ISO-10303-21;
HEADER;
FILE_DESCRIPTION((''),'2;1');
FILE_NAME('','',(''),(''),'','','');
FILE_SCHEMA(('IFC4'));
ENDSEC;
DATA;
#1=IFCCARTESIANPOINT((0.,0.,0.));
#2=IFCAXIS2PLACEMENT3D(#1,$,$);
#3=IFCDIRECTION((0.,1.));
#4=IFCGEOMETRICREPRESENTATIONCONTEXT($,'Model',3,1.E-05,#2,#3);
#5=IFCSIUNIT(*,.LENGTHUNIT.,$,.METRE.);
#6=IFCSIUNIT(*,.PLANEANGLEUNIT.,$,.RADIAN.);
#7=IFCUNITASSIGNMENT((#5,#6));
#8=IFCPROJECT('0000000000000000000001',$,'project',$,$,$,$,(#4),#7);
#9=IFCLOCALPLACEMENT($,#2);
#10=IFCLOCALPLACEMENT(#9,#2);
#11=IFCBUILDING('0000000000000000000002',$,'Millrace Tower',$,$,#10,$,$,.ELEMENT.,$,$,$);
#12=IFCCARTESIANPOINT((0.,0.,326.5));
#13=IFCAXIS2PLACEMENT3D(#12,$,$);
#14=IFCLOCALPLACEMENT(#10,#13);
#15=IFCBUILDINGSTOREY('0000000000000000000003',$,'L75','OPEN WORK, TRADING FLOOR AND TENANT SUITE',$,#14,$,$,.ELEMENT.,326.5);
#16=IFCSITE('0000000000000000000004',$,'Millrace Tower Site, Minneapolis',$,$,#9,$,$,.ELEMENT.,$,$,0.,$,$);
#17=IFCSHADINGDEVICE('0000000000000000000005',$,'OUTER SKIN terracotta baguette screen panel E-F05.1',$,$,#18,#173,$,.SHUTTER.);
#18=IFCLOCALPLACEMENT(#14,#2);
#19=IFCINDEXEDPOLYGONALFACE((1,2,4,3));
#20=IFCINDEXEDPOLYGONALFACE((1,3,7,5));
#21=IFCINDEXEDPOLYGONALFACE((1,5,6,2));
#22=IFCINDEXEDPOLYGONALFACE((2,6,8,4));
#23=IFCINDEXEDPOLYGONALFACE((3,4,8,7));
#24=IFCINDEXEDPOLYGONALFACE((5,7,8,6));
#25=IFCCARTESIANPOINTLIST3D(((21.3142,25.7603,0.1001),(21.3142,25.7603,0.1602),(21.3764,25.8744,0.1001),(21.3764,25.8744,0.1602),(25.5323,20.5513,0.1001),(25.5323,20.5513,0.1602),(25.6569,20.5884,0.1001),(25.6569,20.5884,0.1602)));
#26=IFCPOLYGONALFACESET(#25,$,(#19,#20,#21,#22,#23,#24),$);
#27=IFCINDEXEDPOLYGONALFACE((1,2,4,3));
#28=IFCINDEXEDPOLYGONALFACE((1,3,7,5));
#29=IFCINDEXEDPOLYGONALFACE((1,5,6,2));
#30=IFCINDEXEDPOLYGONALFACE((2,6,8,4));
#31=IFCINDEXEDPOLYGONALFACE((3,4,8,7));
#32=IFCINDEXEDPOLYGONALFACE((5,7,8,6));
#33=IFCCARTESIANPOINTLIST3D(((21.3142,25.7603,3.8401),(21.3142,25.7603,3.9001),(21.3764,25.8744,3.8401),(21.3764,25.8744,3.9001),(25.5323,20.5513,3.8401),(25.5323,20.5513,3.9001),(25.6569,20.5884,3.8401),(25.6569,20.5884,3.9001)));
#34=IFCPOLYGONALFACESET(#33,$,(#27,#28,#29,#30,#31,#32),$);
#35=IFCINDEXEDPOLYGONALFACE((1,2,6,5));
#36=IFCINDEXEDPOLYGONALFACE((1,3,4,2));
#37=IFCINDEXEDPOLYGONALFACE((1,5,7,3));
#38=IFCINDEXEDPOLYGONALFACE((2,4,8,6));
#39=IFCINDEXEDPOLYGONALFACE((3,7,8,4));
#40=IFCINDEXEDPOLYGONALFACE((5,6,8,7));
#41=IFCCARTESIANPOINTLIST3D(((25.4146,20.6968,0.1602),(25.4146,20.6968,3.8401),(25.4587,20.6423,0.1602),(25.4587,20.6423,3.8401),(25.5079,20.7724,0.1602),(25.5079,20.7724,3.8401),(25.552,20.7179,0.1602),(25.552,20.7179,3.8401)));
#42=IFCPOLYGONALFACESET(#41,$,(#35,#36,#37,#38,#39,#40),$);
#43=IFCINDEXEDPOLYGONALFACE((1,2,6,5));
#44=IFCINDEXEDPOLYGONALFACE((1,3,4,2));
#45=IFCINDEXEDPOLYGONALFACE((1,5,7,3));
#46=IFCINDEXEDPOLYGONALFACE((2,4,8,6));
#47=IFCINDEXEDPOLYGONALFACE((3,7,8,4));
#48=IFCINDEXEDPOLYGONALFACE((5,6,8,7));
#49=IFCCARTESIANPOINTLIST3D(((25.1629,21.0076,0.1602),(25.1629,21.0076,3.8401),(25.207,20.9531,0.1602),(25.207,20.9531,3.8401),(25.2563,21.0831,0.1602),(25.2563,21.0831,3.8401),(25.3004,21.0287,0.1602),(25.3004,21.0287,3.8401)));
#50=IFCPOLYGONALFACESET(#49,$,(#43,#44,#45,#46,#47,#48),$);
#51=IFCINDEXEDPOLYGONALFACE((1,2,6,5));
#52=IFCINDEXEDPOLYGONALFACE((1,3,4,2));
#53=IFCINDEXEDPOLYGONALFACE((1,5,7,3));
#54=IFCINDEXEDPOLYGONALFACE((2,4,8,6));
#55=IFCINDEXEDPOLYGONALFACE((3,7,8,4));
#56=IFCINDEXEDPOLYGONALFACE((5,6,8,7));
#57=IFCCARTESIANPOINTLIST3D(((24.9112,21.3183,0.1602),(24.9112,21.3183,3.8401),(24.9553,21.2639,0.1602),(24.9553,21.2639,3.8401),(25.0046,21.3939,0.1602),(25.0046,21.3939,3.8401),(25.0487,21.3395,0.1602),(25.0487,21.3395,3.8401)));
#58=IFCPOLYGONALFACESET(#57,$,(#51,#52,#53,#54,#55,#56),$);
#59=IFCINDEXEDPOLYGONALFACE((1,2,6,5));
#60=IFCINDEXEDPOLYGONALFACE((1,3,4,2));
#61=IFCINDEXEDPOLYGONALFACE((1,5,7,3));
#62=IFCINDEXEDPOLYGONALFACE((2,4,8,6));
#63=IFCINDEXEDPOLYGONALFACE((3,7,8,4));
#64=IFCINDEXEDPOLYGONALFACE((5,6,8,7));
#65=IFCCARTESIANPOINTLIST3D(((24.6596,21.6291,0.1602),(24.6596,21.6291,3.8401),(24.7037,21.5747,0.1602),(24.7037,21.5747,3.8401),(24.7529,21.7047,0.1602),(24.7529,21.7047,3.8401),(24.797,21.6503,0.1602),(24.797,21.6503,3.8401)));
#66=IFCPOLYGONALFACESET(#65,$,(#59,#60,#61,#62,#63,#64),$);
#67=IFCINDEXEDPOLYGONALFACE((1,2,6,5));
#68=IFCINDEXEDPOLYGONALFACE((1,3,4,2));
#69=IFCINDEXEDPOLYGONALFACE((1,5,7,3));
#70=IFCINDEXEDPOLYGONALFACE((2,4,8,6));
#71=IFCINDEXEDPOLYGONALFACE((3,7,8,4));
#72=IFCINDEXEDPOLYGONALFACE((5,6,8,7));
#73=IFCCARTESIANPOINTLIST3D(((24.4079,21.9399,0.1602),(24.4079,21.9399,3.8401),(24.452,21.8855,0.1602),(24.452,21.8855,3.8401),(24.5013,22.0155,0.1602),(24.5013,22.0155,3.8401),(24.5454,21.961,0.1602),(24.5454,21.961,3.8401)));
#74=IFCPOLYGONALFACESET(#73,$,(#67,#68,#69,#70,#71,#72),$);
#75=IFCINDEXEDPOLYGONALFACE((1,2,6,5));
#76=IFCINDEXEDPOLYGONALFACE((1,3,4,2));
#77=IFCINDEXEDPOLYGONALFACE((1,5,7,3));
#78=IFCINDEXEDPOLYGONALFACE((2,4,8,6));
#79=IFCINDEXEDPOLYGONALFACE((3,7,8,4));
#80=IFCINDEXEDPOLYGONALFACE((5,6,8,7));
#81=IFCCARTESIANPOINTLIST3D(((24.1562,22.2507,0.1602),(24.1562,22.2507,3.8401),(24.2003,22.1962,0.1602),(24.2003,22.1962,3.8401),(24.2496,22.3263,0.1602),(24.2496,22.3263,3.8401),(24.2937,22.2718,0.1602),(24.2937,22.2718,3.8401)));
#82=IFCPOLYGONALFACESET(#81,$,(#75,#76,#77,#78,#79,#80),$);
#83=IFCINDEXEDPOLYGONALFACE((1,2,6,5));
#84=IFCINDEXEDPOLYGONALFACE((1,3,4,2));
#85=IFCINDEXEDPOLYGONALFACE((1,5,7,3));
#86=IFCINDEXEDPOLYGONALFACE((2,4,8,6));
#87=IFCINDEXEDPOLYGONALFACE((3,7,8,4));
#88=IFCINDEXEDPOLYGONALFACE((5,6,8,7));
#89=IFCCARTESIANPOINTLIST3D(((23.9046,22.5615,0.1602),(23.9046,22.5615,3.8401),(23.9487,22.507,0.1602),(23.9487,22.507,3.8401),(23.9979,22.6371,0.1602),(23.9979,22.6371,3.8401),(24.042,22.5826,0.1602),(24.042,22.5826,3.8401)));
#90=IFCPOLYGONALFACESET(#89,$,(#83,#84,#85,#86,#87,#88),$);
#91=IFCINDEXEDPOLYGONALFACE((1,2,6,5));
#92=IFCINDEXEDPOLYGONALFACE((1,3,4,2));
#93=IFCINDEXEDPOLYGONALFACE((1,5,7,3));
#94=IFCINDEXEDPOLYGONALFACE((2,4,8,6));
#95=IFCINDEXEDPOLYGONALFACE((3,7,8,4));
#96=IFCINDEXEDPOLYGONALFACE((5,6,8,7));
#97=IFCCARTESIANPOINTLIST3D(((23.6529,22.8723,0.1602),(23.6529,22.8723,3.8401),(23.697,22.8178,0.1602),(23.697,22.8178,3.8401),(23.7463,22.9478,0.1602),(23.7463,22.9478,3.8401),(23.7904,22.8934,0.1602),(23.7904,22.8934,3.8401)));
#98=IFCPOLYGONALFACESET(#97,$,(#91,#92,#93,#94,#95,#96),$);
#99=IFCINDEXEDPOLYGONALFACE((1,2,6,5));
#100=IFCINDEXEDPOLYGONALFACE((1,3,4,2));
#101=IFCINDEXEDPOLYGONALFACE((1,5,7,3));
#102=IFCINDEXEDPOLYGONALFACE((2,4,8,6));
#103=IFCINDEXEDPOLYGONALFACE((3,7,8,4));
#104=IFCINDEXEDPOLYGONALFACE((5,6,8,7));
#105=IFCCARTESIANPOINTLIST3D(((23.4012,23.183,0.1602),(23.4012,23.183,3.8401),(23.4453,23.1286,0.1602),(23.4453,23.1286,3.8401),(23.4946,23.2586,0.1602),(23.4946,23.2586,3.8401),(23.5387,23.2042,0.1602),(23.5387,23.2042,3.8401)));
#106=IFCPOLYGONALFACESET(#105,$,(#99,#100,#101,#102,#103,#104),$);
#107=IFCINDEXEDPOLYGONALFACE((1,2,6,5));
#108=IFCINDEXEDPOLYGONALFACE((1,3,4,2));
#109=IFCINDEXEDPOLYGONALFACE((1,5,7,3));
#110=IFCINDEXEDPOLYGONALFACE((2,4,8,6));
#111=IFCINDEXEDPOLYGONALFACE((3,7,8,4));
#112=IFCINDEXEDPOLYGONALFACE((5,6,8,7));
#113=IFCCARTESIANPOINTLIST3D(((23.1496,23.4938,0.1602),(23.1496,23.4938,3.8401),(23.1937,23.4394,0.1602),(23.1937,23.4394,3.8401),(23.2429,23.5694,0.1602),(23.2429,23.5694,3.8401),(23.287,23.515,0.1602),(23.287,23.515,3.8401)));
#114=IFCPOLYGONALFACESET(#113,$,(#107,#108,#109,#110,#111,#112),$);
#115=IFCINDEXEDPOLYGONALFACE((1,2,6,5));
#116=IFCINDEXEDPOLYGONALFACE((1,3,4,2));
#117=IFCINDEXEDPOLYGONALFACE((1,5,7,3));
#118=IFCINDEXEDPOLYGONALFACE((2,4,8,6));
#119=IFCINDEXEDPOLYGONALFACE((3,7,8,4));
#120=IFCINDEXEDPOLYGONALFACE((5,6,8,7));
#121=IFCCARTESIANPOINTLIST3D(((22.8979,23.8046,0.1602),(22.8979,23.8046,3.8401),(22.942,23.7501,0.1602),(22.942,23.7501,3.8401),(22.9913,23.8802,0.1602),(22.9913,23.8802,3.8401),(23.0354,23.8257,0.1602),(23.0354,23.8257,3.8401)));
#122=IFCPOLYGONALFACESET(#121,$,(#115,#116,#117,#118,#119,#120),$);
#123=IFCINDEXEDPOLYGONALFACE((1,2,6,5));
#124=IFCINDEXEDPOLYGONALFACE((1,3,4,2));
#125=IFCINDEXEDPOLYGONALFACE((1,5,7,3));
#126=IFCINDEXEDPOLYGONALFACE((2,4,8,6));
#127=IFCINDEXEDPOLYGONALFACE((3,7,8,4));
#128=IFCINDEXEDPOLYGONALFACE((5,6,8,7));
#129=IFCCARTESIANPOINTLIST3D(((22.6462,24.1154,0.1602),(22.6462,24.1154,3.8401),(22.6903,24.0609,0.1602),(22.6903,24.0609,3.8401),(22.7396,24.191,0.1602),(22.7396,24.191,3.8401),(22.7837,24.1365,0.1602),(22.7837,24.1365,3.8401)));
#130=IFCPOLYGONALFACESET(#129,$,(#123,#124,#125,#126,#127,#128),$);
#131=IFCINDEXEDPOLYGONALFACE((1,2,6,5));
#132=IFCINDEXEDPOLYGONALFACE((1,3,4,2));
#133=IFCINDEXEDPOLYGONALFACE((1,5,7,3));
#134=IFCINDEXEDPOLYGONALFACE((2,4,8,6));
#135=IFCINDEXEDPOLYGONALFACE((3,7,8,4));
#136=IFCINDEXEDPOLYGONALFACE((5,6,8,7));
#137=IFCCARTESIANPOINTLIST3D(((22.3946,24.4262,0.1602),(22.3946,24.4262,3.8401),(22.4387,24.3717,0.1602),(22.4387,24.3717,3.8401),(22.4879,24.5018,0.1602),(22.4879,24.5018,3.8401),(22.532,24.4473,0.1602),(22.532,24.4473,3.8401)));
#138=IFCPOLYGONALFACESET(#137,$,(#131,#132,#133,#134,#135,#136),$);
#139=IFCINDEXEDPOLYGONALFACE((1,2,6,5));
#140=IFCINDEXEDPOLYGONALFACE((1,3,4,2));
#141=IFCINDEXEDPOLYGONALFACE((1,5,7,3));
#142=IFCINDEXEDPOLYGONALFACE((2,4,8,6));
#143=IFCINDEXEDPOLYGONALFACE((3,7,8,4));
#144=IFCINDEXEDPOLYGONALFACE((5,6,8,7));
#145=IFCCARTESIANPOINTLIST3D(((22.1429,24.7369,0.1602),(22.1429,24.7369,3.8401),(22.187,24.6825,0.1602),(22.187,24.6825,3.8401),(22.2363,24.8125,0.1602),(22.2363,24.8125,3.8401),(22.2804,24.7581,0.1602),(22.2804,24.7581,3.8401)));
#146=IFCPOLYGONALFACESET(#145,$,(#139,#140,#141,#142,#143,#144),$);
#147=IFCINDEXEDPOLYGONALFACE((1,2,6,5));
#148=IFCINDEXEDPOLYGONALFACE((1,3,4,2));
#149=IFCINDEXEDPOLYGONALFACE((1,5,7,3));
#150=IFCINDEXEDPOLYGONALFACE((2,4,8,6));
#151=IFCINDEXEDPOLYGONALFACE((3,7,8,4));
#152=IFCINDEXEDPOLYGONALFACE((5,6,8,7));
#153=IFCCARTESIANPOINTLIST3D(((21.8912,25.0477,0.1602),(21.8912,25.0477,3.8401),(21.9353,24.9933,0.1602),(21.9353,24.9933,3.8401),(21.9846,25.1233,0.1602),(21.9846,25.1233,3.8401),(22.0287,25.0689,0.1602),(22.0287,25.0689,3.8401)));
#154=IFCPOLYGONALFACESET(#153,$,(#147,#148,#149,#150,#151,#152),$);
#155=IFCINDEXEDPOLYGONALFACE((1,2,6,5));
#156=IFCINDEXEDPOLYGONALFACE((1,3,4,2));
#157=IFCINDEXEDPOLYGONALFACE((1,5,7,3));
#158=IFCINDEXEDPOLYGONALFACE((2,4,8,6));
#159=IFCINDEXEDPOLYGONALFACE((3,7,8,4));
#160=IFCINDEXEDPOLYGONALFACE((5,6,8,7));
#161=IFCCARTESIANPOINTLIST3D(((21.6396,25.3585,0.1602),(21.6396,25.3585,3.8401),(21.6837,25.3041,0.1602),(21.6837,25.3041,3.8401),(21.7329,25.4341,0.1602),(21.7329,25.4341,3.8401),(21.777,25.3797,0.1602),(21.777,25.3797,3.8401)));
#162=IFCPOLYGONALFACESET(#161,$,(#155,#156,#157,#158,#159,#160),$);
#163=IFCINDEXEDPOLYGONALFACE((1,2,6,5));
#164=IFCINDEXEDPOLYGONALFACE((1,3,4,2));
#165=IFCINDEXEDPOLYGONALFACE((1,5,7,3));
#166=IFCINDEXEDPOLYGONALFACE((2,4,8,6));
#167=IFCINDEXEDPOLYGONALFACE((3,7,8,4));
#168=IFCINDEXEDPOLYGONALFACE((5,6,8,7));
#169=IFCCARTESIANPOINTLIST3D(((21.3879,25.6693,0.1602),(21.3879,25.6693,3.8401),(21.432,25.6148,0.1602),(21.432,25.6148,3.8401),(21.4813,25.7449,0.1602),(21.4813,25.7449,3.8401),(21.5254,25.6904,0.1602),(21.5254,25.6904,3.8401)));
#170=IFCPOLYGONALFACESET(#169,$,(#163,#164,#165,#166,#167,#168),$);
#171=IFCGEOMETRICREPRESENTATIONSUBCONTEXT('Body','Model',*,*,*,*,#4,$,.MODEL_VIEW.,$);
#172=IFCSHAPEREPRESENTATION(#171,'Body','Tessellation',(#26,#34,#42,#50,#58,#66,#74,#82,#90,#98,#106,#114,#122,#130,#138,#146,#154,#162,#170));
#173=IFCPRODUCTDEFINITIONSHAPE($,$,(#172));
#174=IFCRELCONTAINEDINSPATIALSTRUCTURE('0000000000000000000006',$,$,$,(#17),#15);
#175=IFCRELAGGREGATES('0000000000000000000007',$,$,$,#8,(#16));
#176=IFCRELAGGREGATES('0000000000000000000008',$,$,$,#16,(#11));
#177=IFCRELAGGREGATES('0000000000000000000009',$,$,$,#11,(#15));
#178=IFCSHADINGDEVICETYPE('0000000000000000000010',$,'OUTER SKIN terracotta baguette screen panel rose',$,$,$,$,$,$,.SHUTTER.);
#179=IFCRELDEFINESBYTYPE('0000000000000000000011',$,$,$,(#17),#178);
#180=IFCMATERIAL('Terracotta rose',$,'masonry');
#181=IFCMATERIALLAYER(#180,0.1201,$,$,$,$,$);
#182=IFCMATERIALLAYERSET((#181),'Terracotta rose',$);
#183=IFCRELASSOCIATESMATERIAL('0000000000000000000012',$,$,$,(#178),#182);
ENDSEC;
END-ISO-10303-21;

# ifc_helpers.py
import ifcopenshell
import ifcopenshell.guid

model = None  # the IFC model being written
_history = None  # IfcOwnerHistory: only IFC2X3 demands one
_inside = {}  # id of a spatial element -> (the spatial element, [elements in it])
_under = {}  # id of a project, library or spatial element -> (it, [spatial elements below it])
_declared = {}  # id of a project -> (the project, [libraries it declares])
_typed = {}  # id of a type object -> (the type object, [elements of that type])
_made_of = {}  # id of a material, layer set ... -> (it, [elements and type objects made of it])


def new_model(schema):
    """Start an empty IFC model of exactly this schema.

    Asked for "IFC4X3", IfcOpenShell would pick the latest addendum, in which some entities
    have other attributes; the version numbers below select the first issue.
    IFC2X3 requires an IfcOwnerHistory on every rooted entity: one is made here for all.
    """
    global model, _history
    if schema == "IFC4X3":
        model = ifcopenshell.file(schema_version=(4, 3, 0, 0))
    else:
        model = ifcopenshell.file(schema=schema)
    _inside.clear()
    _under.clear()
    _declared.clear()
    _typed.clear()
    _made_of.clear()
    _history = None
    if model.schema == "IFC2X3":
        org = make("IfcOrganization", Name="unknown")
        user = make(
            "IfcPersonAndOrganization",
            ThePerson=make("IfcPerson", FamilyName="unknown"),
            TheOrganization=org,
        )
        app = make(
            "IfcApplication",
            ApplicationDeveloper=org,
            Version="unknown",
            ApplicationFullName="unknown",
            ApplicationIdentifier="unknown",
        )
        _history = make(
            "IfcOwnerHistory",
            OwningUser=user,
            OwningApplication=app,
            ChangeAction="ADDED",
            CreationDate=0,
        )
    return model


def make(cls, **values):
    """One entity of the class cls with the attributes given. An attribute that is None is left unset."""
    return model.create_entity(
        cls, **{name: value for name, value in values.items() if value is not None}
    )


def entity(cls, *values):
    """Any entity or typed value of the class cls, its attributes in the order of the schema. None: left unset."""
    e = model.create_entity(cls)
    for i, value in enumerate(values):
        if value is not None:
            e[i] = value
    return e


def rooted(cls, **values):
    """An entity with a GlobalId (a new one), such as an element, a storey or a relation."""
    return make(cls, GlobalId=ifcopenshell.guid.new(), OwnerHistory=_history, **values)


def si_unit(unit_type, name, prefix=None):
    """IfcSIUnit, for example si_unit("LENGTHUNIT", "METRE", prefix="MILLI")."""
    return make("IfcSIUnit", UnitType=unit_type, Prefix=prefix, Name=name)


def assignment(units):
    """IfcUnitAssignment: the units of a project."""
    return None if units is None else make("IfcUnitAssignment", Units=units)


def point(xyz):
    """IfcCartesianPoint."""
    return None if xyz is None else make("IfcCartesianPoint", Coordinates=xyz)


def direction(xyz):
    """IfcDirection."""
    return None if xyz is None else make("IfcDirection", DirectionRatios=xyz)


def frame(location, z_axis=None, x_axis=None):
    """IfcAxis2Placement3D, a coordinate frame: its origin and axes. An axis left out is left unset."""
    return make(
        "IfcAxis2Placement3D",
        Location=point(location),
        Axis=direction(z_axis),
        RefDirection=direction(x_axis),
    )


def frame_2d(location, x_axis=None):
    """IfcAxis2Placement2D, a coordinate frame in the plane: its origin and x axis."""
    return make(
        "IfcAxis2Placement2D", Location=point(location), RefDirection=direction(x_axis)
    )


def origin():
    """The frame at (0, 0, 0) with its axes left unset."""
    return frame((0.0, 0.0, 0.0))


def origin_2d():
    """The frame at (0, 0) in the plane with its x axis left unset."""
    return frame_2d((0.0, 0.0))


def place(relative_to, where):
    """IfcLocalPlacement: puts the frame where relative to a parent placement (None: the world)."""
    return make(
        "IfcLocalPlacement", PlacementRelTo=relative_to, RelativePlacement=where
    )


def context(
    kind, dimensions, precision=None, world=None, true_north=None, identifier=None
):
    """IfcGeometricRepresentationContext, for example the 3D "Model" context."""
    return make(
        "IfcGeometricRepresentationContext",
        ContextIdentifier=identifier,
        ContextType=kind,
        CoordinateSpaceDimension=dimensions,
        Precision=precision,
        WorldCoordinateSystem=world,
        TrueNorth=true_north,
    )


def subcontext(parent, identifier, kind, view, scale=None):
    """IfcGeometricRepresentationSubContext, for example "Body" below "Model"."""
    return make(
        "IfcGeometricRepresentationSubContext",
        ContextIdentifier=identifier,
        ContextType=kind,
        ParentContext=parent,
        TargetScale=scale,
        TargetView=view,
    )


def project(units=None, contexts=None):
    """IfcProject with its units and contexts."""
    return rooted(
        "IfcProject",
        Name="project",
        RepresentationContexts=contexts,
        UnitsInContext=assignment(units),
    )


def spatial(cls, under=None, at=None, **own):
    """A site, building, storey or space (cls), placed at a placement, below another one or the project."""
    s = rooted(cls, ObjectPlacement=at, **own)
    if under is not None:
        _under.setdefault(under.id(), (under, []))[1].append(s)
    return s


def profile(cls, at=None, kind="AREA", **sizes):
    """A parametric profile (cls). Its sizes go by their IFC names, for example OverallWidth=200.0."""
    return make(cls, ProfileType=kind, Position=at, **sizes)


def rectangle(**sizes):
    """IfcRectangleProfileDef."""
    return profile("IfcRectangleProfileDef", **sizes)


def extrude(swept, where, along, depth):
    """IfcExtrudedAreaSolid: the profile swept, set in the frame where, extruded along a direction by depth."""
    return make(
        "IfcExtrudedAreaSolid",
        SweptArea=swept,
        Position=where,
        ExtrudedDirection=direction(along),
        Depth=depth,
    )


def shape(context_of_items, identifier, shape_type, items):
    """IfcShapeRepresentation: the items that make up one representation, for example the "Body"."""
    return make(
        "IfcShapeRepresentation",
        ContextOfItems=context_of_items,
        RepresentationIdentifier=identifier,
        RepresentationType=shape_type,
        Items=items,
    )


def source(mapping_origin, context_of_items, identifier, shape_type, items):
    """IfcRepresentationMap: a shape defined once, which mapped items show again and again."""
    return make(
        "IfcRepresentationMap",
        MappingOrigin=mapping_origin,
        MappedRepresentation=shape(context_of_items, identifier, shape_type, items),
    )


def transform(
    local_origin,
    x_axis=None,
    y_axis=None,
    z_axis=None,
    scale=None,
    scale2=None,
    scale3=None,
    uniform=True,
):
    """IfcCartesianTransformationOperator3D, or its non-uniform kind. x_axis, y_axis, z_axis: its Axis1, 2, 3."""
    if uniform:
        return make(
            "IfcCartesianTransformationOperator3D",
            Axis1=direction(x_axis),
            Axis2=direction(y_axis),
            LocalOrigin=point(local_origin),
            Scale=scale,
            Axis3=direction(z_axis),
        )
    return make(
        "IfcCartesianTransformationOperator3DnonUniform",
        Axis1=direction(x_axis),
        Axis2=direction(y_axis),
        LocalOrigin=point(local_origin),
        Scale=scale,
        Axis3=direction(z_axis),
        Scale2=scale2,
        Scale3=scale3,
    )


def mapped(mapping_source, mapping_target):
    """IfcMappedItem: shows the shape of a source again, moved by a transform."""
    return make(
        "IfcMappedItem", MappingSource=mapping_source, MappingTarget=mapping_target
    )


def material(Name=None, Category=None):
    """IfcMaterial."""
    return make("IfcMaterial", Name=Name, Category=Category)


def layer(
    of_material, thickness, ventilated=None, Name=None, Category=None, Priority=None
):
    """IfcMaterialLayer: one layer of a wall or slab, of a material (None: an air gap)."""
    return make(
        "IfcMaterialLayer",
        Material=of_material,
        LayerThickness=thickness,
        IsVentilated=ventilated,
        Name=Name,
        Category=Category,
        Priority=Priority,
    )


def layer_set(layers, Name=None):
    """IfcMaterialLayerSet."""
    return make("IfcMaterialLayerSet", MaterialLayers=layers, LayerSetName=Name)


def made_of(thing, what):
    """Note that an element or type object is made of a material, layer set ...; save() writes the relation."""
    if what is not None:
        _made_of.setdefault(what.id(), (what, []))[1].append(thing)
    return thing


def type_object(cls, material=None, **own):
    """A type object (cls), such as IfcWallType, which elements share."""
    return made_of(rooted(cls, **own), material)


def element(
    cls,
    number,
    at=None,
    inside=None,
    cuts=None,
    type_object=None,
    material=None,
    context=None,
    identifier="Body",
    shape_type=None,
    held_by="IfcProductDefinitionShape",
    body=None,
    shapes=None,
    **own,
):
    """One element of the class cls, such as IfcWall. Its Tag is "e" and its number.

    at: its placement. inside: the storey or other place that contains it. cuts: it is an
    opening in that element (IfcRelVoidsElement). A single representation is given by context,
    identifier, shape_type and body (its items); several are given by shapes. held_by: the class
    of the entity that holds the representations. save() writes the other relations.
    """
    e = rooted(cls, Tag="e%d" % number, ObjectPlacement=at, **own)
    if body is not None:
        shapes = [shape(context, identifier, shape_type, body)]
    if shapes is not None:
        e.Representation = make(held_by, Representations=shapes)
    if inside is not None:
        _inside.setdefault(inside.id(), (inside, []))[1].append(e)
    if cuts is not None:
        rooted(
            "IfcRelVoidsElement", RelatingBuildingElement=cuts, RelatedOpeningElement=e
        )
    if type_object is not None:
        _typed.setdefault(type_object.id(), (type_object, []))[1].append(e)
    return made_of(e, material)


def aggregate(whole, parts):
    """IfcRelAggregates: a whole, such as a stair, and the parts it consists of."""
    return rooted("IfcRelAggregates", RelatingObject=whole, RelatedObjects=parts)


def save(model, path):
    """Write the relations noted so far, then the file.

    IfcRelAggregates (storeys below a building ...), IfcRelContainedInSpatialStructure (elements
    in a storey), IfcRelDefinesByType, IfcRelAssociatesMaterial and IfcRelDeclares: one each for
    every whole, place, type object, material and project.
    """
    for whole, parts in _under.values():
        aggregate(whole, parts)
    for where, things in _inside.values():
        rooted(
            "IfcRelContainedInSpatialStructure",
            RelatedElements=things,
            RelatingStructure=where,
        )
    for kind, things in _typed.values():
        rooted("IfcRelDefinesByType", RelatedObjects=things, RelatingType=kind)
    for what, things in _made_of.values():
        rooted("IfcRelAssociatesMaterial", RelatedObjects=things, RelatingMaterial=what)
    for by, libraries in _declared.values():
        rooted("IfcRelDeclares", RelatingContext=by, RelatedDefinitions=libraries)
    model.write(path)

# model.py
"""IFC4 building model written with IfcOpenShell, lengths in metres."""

from ifc_helpers import new_model, entity, si_unit, direction, frame, frame_2d, origin, origin_2d, place, context, subcontext, project, spatial, rectangle, extrude, source, transform, mapped, material, layer, layer_set, type_object, element, save


model = new_model("IFC4")

# Units and contexts
model_context = context("Model", 3, precision=1e-05, world=origin(), true_north=direction((0.0, 1.0)))
body_context = subcontext(model_context, "Body", "Model", "MODEL_VIEW")
ifc_project = project(units=[si_unit("LENGTHUNIT", "METRE"), si_unit("PLANEANGLEUNIT", "RADIAN")], contexts=[model_context])

# Site, building, storey
site_placement = place(None, origin())
site = spatial("IfcSite", under=ifc_project, at=site_placement, Name="Millrace Tower Site, Minneapolis", CompositionType="ELEMENT", RefElevation=0.0)
building_placement = place(site_placement, origin())
building = spatial("IfcBuilding", under=site, at=building_placement, Name="Millrace Tower", CompositionType="ELEMENT")
storey_placement = place(building_placement, frame((0.0, 0.0, 326.5)))
storey = spatial("IfcBuildingStorey", under=building, at=storey_placement, Name="L75", Description="OPEN WORK, TRADING FLOOR AND TENANT SUITE", CompositionType="ELEMENT", Elevation=326.5)

# Shading device
ifc_material_1 = material(Name="Terracotta rose", Category="masonry")
ifc_layer_1 = layer(ifc_material_1, 0.1201)
ifc_layer_set_1 = layer_set([ifc_layer_1], Name="Terracotta rose")
shading_device_type = type_object("IfcShadingDeviceType", Name="OUTER SKIN terracotta baguette screen panel rose", PredefinedType="SHUTTER", material=ifc_layer_set_1)
cartesian_point_1 = entity("IfcCartesianPoint", [-3.3513, 0.0601])
shared_polyline_1 = entity("IfcPolyline", [cartesian_point_1, entity("IfcCartesianPoint", [3.3513, 0.0601]), entity("IfcCartesianPoint", [3.4009, -0.0601]), entity("IfcCartesianPoint", [-3.4009, -0.0601]), cartesian_point_1])
shared_shape_1 = source(origin(), body_context, "Body", "SweptSolid", [
    entity("IfcExtrudedAreaSolid", entity("IfcArbitraryClosedProfileDef", "AREA", None, shared_polyline_1), entity("IfcAxis2Placement3D", entity("IfcCartesianPoint", [0.0, 0.0, 0.0])), entity("IfcDirection", [0.0, 0.0, 1.0]), 0.0601),
    entity("IfcExtrudedAreaSolid", entity("IfcArbitraryClosedProfileDef", "AREA", None, shared_polyline_1), entity("IfcAxis2Placement3D", entity("IfcCartesianPoint", [0.0, 0.0, 3.74])), entity("IfcDirection", [0.0, 0.0, 1.0]), 0.0601),
    extrude(rectangle(XDim=0.0701, YDim=0.1201, at=frame_2d((-3.1992, 0.0))), frame((0.0, 0.0, 0.0601)), (0.0, 0.0, 1.0), 3.6799),
    extrude(rectangle(XDim=0.0701, YDim=0.1201, at=frame_2d((-2.7993, 0.0))), frame((0.0, 0.0, 0.0601)), (0.0, 0.0, 1.0), 3.6799),
    extrude(rectangle(XDim=0.0701, YDim=0.1201, at=frame_2d((-2.3994, 0.0))), frame((0.0, 0.0, 0.0601)), (0.0, 0.0, 1.0), 3.6799),
    extrude(rectangle(XDim=0.0701, YDim=0.1201, at=frame_2d((-1.9995, 0.0))), frame((0.0, 0.0, 0.0601)), (0.0, 0.0, 1.0), 3.6799),
    extrude(rectangle(XDim=0.0701, YDim=0.1201, at=frame_2d((-1.5996, 0.0))), frame((0.0, 0.0, 0.0601)), (0.0, 0.0, 1.0), 3.6799),
    extrude(rectangle(XDim=0.0701, YDim=0.1201, at=frame_2d((-1.1997, 0.0))), frame((0.0, 0.0, 0.0601)), (0.0, 0.0, 1.0), 3.6799),
    extrude(rectangle(XDim=0.0701, YDim=0.1201, at=frame_2d((-0.7998, 0.0))), frame((0.0, 0.0, 0.0601)), (0.0, 0.0, 1.0), 3.6799),
    extrude(rectangle(XDim=0.0701, YDim=0.1201, at=frame_2d((-0.3999, 0.0))), frame((0.0, 0.0, 0.0601)), (0.0, 0.0, 1.0), 3.6799),
    extrude(rectangle(XDim=0.0701, YDim=0.1201, at=origin_2d()), frame((0.0, 0.0, 0.0601)), (0.0, 0.0, 1.0), 3.6799),
    extrude(rectangle(XDim=0.0701, YDim=0.1201, at=frame_2d((0.3999, 0.0))), frame((0.0, 0.0, 0.0601)), (0.0, 0.0, 1.0), 3.6799),
    extrude(rectangle(XDim=0.0701, YDim=0.1201, at=frame_2d((0.7998, 0.0))), frame((0.0, 0.0, 0.0601)), (0.0, 0.0, 1.0), 3.6799),
    extrude(rectangle(XDim=0.0701, YDim=0.1201, at=frame_2d((1.1997, 0.0))), frame((0.0, 0.0, 0.0601)), (0.0, 0.0, 1.0), 3.6799),
    extrude(rectangle(XDim=0.0701, YDim=0.1201, at=frame_2d((1.5996, 0.0))), frame((0.0, 0.0, 0.0601)), (0.0, 0.0, 1.0), 3.6799),
    extrude(rectangle(XDim=0.0701, YDim=0.1201, at=frame_2d((1.9995, 0.0))), frame((0.0, 0.0, 0.0601)), (0.0, 0.0, 1.0), 3.6799),
    extrude(rectangle(XDim=0.0701, YDim=0.1201, at=frame_2d((2.3994, 0.0))), frame((0.0, 0.0, 0.0601)), (0.0, 0.0, 1.0), 3.6799),
    extrude(rectangle(XDim=0.0701, YDim=0.1201, at=frame_2d((2.7993, 0.0))), frame((0.0, 0.0, 0.0601)), (0.0, 0.0, 1.0), 3.6799),
    extrude(rectangle(XDim=0.0701, YDim=0.1201, at=frame_2d((3.1992, 0.0))), frame((0.0, 0.0, 0.0601)), (0.0, 0.0, 1.0), 3.6799),
])
shading_device_1_placement = place(storey_placement, frame((23.47, 23.1936, 0.1001), z_axis=(0.0, 0.0, 1.0), x_axis=(-0.62932, 0.777146, 0.0)))
element("IfcShadingDevice", 1, at=shading_device_1_placement, inside=storey, type_object=shading_device_type, Name="OUTER SKIN terracotta baguette screen panel E-F05.1", PredefinedType="SHUTTER", context=body_context, shape_type="MappedRepresentation", body=[
    mapped(shared_shape_1, transform((0.0, 0.0, 0.0), scale=1.0)),
])

save(model, "model.ifc")
